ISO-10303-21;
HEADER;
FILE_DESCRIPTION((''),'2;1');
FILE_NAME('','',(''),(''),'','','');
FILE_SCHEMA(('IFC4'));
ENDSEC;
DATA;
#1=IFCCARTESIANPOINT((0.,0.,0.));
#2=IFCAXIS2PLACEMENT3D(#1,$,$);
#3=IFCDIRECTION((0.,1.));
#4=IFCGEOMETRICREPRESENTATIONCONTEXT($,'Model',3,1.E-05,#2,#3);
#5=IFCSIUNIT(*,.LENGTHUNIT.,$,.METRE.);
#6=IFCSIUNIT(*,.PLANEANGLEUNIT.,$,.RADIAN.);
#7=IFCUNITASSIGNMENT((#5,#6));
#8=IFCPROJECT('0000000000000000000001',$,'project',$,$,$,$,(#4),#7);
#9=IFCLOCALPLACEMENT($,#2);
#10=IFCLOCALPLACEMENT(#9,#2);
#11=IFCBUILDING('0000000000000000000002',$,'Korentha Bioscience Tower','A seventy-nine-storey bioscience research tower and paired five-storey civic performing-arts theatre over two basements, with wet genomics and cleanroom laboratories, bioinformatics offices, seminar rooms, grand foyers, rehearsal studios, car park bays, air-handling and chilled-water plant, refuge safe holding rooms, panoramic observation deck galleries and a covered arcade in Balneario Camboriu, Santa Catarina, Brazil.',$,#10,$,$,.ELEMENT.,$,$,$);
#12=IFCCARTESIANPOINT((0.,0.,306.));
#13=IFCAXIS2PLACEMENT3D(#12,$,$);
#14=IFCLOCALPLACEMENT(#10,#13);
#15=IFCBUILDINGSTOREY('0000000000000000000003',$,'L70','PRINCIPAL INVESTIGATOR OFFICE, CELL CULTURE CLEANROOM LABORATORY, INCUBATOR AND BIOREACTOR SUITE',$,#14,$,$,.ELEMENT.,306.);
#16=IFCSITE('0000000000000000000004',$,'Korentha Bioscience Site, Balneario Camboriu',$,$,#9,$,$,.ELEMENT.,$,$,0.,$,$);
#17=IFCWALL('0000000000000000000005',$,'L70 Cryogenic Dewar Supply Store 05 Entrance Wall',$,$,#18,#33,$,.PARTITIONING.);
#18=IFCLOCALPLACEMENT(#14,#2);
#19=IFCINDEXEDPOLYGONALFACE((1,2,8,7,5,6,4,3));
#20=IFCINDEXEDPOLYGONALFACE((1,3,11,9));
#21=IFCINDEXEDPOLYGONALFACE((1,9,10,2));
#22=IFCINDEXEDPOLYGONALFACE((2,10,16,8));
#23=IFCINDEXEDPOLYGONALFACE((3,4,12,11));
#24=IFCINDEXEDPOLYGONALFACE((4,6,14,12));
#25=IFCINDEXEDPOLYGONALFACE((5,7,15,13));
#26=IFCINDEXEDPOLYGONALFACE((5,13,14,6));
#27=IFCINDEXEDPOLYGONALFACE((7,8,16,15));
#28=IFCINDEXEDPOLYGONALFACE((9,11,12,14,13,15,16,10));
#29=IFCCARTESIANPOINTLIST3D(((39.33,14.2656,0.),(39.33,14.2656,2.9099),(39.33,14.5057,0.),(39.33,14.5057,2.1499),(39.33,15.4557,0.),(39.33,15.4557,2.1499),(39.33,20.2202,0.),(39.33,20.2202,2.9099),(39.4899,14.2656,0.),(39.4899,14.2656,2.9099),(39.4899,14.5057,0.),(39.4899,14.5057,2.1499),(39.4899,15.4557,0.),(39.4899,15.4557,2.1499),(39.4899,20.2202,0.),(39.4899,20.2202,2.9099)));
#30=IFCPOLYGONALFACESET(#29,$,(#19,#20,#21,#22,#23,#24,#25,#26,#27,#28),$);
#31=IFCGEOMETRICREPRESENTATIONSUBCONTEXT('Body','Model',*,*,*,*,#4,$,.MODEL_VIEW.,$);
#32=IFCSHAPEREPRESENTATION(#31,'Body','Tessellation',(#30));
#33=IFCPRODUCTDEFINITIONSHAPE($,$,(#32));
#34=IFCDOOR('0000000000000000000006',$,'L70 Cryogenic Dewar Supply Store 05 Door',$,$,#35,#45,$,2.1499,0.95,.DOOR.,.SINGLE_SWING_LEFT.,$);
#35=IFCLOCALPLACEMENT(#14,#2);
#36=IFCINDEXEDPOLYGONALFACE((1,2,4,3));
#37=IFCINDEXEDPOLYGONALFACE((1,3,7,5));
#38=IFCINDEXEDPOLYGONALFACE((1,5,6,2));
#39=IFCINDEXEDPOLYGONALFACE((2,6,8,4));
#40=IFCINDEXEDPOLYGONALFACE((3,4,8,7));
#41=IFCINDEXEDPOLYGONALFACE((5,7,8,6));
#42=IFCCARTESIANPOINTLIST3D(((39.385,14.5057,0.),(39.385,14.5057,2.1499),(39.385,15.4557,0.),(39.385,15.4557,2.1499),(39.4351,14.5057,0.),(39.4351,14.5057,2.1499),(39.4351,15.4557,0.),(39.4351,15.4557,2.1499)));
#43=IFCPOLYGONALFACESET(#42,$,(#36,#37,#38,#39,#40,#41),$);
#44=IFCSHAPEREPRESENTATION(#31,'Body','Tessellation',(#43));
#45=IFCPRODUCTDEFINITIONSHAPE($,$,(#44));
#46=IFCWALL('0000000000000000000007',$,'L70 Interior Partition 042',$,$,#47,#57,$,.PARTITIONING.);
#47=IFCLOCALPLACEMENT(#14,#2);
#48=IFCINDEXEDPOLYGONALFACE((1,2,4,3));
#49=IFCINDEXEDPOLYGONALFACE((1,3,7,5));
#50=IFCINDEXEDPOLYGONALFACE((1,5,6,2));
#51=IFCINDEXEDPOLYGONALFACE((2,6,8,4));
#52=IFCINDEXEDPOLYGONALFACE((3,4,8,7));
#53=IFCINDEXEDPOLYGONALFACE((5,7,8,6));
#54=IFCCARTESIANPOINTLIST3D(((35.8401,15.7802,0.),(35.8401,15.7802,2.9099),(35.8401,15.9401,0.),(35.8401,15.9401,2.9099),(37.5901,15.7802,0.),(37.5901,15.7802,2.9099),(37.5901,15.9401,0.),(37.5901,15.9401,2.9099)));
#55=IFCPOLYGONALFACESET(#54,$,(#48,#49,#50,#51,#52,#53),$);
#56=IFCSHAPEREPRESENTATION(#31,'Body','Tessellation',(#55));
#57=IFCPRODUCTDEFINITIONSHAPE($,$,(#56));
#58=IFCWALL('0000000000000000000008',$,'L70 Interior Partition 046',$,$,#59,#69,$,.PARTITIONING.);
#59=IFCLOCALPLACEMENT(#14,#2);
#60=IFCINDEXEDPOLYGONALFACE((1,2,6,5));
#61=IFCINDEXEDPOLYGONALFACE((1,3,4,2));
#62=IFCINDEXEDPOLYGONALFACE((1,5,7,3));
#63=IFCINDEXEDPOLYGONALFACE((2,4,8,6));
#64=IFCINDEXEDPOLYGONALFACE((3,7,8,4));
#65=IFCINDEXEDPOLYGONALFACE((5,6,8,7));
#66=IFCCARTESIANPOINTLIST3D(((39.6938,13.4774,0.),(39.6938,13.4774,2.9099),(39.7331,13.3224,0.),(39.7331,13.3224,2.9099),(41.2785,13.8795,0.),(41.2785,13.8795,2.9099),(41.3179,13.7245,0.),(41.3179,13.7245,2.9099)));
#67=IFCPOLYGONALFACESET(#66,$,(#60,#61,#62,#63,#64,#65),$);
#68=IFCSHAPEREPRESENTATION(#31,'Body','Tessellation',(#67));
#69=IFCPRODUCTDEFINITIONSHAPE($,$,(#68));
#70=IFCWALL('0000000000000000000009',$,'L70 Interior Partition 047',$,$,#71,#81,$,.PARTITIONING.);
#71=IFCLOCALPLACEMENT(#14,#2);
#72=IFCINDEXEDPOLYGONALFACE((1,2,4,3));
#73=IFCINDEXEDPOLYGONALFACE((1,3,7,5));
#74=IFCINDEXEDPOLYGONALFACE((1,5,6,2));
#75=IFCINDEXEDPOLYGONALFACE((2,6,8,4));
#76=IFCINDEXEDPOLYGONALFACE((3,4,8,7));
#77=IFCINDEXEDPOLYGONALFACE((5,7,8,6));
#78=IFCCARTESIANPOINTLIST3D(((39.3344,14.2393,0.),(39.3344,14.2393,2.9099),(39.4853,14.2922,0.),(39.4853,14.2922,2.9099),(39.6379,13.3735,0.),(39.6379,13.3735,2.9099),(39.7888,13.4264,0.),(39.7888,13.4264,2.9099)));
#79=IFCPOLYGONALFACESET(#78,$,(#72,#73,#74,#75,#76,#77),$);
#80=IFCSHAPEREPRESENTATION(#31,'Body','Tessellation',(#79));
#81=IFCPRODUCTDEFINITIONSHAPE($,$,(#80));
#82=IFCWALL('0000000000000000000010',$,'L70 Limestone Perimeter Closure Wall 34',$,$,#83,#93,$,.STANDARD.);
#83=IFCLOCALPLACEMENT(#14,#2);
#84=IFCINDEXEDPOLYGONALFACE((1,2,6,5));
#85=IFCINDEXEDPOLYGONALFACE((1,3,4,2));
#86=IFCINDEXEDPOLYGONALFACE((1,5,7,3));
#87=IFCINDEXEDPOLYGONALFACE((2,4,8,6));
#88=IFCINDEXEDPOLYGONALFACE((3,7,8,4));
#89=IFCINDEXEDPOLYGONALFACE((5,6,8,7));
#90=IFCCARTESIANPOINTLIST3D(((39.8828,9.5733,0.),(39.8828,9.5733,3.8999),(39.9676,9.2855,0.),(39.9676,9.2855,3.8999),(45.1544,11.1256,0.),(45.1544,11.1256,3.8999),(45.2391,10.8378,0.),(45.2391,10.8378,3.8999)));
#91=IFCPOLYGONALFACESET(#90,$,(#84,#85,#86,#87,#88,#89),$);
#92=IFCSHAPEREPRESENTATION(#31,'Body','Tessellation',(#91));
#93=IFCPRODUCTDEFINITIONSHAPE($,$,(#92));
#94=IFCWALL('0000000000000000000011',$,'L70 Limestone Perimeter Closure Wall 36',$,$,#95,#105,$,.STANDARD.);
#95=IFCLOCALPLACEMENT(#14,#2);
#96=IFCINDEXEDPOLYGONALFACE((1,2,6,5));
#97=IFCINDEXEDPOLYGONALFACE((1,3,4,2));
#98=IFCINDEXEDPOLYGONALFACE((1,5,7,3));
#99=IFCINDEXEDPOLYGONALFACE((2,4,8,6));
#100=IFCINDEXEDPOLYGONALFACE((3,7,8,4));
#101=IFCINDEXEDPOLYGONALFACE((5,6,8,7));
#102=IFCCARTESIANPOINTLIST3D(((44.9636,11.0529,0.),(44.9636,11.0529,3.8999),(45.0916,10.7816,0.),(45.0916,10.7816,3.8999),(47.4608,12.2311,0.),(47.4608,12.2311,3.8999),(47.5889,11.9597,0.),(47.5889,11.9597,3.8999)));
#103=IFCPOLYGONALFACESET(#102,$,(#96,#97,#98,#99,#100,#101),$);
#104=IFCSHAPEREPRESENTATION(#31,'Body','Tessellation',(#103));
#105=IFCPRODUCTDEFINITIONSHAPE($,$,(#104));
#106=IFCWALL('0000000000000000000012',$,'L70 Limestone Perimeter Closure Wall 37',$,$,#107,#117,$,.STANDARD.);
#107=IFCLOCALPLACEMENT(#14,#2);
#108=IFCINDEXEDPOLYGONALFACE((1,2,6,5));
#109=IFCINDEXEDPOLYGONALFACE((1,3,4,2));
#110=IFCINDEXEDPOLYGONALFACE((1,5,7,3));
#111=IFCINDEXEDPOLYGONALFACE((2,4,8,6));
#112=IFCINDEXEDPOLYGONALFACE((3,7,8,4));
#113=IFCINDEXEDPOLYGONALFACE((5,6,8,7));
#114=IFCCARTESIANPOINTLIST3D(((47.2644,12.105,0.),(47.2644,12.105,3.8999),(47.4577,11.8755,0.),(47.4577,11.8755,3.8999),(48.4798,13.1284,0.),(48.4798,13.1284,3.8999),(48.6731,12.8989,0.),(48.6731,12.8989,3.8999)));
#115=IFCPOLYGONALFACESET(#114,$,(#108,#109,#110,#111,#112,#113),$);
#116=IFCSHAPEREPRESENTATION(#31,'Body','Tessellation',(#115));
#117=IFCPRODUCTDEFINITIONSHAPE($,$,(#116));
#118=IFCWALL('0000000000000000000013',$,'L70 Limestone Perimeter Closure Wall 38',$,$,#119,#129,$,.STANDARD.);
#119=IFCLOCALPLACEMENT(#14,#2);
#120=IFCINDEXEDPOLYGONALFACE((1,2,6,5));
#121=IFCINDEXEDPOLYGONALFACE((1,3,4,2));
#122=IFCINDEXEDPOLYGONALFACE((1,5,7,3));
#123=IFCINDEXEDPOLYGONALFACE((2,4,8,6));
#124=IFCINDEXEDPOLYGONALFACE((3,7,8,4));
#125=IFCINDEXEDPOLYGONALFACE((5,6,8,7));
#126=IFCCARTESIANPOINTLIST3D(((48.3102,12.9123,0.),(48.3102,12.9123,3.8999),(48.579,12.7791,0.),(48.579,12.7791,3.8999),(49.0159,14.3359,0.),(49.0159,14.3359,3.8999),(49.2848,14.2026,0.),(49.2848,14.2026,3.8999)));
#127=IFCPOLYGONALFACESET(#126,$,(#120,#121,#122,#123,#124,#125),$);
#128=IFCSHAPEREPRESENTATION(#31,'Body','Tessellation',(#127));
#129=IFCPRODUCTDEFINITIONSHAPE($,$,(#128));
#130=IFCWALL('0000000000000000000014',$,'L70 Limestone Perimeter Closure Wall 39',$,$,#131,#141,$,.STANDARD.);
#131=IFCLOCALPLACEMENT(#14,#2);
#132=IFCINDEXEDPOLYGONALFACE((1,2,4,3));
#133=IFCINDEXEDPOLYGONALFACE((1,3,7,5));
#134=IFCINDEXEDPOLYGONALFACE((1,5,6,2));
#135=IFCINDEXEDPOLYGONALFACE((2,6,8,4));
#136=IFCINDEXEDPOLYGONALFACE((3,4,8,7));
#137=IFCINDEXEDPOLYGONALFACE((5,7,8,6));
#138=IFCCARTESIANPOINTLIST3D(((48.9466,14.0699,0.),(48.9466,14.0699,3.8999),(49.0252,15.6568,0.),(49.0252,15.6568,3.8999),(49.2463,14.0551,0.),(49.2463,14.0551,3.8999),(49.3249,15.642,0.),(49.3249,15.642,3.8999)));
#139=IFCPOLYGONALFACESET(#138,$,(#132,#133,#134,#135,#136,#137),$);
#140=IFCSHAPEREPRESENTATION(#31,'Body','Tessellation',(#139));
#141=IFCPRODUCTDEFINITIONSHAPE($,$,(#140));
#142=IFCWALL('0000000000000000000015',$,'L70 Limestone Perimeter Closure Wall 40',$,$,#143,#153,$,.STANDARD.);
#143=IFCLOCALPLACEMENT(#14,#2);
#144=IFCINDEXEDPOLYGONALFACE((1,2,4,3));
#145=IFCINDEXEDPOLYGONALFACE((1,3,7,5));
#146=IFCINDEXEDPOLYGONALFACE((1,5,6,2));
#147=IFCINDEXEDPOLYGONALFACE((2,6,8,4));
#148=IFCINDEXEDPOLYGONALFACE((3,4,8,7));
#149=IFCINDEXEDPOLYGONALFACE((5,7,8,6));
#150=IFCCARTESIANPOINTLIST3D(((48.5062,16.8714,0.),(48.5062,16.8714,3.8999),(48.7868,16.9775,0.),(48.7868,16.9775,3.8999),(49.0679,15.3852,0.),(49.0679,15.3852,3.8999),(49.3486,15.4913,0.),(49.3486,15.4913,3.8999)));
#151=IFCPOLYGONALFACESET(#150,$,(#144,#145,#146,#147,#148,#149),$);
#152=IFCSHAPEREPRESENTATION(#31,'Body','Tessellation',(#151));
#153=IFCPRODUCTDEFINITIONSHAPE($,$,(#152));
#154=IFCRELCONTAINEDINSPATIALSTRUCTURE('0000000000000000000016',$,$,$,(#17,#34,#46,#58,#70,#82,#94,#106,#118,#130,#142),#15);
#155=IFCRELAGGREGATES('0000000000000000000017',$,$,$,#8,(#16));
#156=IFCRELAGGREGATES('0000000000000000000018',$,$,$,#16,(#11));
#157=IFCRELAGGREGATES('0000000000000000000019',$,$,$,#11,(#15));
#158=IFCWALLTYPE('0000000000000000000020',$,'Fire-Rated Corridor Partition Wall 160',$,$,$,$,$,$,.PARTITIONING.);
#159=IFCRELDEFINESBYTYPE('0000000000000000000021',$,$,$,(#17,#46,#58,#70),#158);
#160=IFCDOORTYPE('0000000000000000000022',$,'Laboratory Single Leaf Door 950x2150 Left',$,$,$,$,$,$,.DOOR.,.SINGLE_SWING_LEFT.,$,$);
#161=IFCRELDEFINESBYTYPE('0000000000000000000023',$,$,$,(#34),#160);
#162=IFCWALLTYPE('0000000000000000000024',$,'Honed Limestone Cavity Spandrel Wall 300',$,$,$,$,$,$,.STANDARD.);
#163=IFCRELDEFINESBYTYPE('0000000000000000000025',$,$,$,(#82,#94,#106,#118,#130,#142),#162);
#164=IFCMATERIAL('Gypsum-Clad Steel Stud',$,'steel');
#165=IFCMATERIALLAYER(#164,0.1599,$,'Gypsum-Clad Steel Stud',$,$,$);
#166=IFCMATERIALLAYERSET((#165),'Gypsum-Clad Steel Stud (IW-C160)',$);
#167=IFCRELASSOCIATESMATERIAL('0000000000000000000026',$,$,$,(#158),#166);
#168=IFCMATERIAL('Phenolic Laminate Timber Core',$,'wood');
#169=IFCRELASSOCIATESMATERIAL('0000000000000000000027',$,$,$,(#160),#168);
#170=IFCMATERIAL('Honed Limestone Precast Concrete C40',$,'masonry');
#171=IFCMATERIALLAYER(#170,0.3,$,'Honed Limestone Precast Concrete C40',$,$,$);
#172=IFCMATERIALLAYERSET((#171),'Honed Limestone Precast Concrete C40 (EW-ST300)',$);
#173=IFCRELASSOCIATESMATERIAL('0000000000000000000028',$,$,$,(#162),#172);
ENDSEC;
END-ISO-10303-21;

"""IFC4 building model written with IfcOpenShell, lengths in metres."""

from ifc_helpers import new_model, si_unit, direction, frame, frame_2d, origin, place, context, subcontext, project, spatial, rectangle, extrude, material, layer, layer_set, type_object, element, fill, save


model = new_model("IFC4")

# Units and contexts
model_context = context("Model", 3, precision=1e-05, world=origin(), true_north=direction((0.0, 1.0)))
body_context = subcontext(model_context, "Body", "Model", "MODEL_VIEW")
ifc_project = project(units=[si_unit("LENGTHUNIT", "METRE"), si_unit("PLANEANGLEUNIT", "RADIAN")], contexts=[model_context])

# Site, building, storey
site_placement = place(None, origin())
site = spatial("IfcSite", under=ifc_project, at=site_placement, Name="Korentha Bioscience Site, Balneario Camboriu", CompositionType="ELEMENT", RefElevation=0.0)
building_placement = place(site_placement, origin())
building = spatial("IfcBuilding", under=site, at=building_placement, Name="Korentha Bioscience Tower", Description="A seventy-nine-storey bioscience research tower and paired five-storey civic performing-arts theatre over two basements, with wet genomics and cleanroom laboratories, bioinformatics offices, seminar rooms, grand foyers, rehearsal studios, car park bays, air-handling and chilled-water plant, refuge safe holding rooms, panoramic observation deck galleries and a covered arcade in Balneario Camboriu, Santa Catarina, Brazil.", CompositionType="ELEMENT")
storey_placement = place(building_placement, frame((0.0, 0.0, 306.0)))
storey = spatial("IfcBuildingStorey", under=building, at=storey_placement, Name="L70", Description="PRINCIPAL INVESTIGATOR OFFICE, CELL CULTURE CLEANROOM LABORATORY, INCUBATOR AND BIOREACTOR SUITE", CompositionType="ELEMENT", Elevation=306.0)

# Wall, opening, door
ifc_material_1 = material(Name="Gypsum-Clad Steel Stud", Category="steel")
ifc_layer_1 = layer(ifc_material_1, 0.1599, Name="Gypsum-Clad Steel Stud")
ifc_layer_set_1 = layer_set([ifc_layer_1], Name="Gypsum-Clad Steel Stud (IW-C160)")
wall_type_1 = type_object("IfcWallType", Name="Fire-Rated Corridor Partition Wall 160", PredefinedType="PARTITIONING", material=ifc_layer_set_1)
wall_1_placement = place(storey_placement, frame((39.4099, 14.2656, 0.0), z_axis=(0.0, 0.0, 1.0), x_axis=(0.0, 1.0, 0.0)))
wall_1 = element("IfcWall", 1, at=wall_1_placement, inside=storey, type_object=wall_type_1, Name="L70 Cryogenic Dewar Supply Store 05 Entrance Wall", PredefinedType="PARTITIONING", context=body_context, shape_type="SweptSolid", body=[
    extrude(rectangle(XDim=5.9546, YDim=0.1599, at=frame_2d((2.9773, 0.0))), origin(), (0.0, 0.0, 1.0), 2.9099),
])
opening_placement = place(wall_1_placement, frame((0.24, 0.0, 0.0)))
opening = element("IfcOpeningElement", 2, at=opening_placement, cuts=wall_1, PredefinedType="OPENING", context=body_context, shape_type="SweptSolid", body=[
    extrude(rectangle(XDim=0.95, YDim=2.1499, at=frame_2d((0.4751, 1.075))), frame((0.0, 0.0947, 0.0), z_axis=(0.0, -1.0, 0.0), x_axis=(1.0, 0.0, 0.0)), (0.0, 0.0, 1.0), 0.1897),
])
ifc_material_2 = material(Name="Phenolic Laminate Timber Core", Category="wood")
door_type = type_object("IfcDoorType", Name="Laboratory Single Leaf Door 950x2150 Left", OperationType="SINGLE_SWING_LEFT", PredefinedType="DOOR", material=ifc_material_2)
door_placement = place(opening_placement, origin())
door = element("IfcDoor", 3, at=door_placement, inside=storey, type_object=door_type, Name="L70 Cryogenic Dewar Supply Store 05 Door", OperationType="SINGLE_SWING_LEFT", OverallHeight=2.1499, OverallWidth=0.95, PredefinedType="DOOR", context=body_context, shape_type="SweptSolid", body=[
    extrude(rectangle(XDim=0.95, YDim=2.1499, at=frame_2d((0.4751, 1.075))), frame((0.0, 0.0249, 0.0), z_axis=(0.0, -1.0, 0.0), x_axis=(1.0, 0.0, 0.0)), (0.0, 0.0, 1.0), 0.05),
])
fill(opening, door)

# Walls
wall_2_placement = place(storey_placement, frame((37.5901, 15.8601, 0.0), z_axis=(0.0, 0.0, 1.0), x_axis=(-1.0, 0.0, 0.0)))
element("IfcWall", 4, at=wall_2_placement, inside=storey, type_object=wall_type_1, Name="L70 Interior Partition 042", PredefinedType="PARTITIONING", context=body_context, shape_type="SweptSolid", body=[
    extrude(rectangle(XDim=1.75, YDim=0.1599, at=frame_2d((0.875, 0.0))), origin(), (0.0, 0.0, 1.0), 2.9099),
])
wall_3_placement = place(storey_placement, frame((41.2981, 13.802, 0.0), z_axis=(0.0, 0.0, 1.0), x_axis=(-0.969284, -0.245942, 0.0)))
element("IfcWall", 5, at=wall_3_placement, inside=storey, type_object=wall_type_1, Name="L70 Interior Partition 046", PredefinedType="PARTITIONING", context=body_context, shape_type="SweptSolid", body=[
    extrude(rectangle(XDim=1.635, YDim=0.1599, at=frame_2d((0.8174, 0.0))), origin(), (0.0, 0.0, 1.0), 2.9099),
])
wall_4_placement = place(storey_placement, frame((39.7134, 13.3999, 0.0), z_axis=(0.0, 0.0, 1.0), x_axis=(-0.330801, 0.943701, 0.0)))
element("IfcWall", 6, at=wall_4_placement, inside=storey, type_object=wall_type_1, Name="L70 Interior Partition 047", PredefinedType="PARTITIONING", context=body_context, shape_type="SweptSolid", body=[
    extrude(rectangle(XDim=0.9175, YDim=0.1599, at=frame_2d((0.4587, 0.0))), origin(), (0.0, 0.0, 1.0), 2.9099),
])
ifc_material_3 = material(Name="Honed Limestone Precast Concrete C40", Category="masonry")
ifc_layer_2 = layer(ifc_material_3, 0.3, Name="Honed Limestone Precast Concrete C40")
ifc_layer_set_2 = layer_set([ifc_layer_2], Name="Honed Limestone Precast Concrete C40 (EW-ST300)")
wall_type_2 = type_object("IfcWallType", Name="Honed Limestone Cavity Spandrel Wall 300", PredefinedType="STANDARD", material=ifc_layer_set_2)
wall_5_placement = place(storey_placement, frame((39.9253, 9.4294, 0.0), z_axis=(0.0, 0.0, 1.0), x_axis=(0.959276, 0.282469, 0.0)))
element("IfcWall", 7, at=wall_5_placement, inside=storey, type_object=wall_type_2, Name="L70 Limestone Perimeter Closure Wall 34", PredefinedType="STANDARD", context=body_context, shape_type="SweptSolid", body=[
    extrude(rectangle(XDim=5.4954, YDim=0.3, at=frame_2d((2.7476, 0.0))), origin(), (0.0, 0.0, 1.0), 3.8999),
])
wall_6_placement = place(storey_placement, frame((45.0276, 10.9172, 0.0), z_axis=(0.0, 0.0, 1.0), x_axis=(0.904397, 0.426691, 0.0)))
element("IfcWall", 8, at=wall_6_placement, inside=storey, type_object=wall_type_2, Name="L70 Limestone Perimeter Closure Wall 36", PredefinedType="STANDARD", context=body_context, shape_type="SweptSolid", body=[
    extrude(rectangle(XDim=2.7612, YDim=0.3, at=frame_2d((1.3806, 0.0))), origin(), (0.0, 0.0, 1.0), 3.8999),
])
for number, where, z_axis, x_axis, name in (
    (9, (47.3611, 11.9902, 0.0), (0.0, 0.0, 1.0), (0.764911, 0.644136, 0.0), "L70 Limestone Perimeter Closure Wall 37"),
    (10, (48.4446, 12.8457, 0.0), (0.0, 0.0, 1.0), (0.4442, 0.895928, 0.0), "L70 Limestone Perimeter Closure Wall 38"),
    (11, (49.0964, 14.0625, 0.0), (0.0, 0.0, 1.0), (0.049478, 0.998775, 0.0), "L70 Limestone Perimeter Closure Wall 39"),
    (12, (49.2083, 15.4382, 0.0), (0.0, 0.0, 1.0), (-0.353547, 0.935417, 0.0), "L70 Limestone Perimeter Closure Wall 40"),
):
    element("IfcWall", number, at=place(storey_placement, frame(where, z_axis=z_axis, x_axis=x_axis)), inside=storey, type_object=wall_type_2, Name=name, PredefinedType="STANDARD", context=body_context, shape_type="SweptSolid", body=[
        extrude(rectangle(XDim=1.5889, YDim=0.3, at=frame_2d((0.7944, 0.0))), origin(), (0.0, 0.0, 1.0), 3.8999),
    ])

save(model, "model.ifc")
